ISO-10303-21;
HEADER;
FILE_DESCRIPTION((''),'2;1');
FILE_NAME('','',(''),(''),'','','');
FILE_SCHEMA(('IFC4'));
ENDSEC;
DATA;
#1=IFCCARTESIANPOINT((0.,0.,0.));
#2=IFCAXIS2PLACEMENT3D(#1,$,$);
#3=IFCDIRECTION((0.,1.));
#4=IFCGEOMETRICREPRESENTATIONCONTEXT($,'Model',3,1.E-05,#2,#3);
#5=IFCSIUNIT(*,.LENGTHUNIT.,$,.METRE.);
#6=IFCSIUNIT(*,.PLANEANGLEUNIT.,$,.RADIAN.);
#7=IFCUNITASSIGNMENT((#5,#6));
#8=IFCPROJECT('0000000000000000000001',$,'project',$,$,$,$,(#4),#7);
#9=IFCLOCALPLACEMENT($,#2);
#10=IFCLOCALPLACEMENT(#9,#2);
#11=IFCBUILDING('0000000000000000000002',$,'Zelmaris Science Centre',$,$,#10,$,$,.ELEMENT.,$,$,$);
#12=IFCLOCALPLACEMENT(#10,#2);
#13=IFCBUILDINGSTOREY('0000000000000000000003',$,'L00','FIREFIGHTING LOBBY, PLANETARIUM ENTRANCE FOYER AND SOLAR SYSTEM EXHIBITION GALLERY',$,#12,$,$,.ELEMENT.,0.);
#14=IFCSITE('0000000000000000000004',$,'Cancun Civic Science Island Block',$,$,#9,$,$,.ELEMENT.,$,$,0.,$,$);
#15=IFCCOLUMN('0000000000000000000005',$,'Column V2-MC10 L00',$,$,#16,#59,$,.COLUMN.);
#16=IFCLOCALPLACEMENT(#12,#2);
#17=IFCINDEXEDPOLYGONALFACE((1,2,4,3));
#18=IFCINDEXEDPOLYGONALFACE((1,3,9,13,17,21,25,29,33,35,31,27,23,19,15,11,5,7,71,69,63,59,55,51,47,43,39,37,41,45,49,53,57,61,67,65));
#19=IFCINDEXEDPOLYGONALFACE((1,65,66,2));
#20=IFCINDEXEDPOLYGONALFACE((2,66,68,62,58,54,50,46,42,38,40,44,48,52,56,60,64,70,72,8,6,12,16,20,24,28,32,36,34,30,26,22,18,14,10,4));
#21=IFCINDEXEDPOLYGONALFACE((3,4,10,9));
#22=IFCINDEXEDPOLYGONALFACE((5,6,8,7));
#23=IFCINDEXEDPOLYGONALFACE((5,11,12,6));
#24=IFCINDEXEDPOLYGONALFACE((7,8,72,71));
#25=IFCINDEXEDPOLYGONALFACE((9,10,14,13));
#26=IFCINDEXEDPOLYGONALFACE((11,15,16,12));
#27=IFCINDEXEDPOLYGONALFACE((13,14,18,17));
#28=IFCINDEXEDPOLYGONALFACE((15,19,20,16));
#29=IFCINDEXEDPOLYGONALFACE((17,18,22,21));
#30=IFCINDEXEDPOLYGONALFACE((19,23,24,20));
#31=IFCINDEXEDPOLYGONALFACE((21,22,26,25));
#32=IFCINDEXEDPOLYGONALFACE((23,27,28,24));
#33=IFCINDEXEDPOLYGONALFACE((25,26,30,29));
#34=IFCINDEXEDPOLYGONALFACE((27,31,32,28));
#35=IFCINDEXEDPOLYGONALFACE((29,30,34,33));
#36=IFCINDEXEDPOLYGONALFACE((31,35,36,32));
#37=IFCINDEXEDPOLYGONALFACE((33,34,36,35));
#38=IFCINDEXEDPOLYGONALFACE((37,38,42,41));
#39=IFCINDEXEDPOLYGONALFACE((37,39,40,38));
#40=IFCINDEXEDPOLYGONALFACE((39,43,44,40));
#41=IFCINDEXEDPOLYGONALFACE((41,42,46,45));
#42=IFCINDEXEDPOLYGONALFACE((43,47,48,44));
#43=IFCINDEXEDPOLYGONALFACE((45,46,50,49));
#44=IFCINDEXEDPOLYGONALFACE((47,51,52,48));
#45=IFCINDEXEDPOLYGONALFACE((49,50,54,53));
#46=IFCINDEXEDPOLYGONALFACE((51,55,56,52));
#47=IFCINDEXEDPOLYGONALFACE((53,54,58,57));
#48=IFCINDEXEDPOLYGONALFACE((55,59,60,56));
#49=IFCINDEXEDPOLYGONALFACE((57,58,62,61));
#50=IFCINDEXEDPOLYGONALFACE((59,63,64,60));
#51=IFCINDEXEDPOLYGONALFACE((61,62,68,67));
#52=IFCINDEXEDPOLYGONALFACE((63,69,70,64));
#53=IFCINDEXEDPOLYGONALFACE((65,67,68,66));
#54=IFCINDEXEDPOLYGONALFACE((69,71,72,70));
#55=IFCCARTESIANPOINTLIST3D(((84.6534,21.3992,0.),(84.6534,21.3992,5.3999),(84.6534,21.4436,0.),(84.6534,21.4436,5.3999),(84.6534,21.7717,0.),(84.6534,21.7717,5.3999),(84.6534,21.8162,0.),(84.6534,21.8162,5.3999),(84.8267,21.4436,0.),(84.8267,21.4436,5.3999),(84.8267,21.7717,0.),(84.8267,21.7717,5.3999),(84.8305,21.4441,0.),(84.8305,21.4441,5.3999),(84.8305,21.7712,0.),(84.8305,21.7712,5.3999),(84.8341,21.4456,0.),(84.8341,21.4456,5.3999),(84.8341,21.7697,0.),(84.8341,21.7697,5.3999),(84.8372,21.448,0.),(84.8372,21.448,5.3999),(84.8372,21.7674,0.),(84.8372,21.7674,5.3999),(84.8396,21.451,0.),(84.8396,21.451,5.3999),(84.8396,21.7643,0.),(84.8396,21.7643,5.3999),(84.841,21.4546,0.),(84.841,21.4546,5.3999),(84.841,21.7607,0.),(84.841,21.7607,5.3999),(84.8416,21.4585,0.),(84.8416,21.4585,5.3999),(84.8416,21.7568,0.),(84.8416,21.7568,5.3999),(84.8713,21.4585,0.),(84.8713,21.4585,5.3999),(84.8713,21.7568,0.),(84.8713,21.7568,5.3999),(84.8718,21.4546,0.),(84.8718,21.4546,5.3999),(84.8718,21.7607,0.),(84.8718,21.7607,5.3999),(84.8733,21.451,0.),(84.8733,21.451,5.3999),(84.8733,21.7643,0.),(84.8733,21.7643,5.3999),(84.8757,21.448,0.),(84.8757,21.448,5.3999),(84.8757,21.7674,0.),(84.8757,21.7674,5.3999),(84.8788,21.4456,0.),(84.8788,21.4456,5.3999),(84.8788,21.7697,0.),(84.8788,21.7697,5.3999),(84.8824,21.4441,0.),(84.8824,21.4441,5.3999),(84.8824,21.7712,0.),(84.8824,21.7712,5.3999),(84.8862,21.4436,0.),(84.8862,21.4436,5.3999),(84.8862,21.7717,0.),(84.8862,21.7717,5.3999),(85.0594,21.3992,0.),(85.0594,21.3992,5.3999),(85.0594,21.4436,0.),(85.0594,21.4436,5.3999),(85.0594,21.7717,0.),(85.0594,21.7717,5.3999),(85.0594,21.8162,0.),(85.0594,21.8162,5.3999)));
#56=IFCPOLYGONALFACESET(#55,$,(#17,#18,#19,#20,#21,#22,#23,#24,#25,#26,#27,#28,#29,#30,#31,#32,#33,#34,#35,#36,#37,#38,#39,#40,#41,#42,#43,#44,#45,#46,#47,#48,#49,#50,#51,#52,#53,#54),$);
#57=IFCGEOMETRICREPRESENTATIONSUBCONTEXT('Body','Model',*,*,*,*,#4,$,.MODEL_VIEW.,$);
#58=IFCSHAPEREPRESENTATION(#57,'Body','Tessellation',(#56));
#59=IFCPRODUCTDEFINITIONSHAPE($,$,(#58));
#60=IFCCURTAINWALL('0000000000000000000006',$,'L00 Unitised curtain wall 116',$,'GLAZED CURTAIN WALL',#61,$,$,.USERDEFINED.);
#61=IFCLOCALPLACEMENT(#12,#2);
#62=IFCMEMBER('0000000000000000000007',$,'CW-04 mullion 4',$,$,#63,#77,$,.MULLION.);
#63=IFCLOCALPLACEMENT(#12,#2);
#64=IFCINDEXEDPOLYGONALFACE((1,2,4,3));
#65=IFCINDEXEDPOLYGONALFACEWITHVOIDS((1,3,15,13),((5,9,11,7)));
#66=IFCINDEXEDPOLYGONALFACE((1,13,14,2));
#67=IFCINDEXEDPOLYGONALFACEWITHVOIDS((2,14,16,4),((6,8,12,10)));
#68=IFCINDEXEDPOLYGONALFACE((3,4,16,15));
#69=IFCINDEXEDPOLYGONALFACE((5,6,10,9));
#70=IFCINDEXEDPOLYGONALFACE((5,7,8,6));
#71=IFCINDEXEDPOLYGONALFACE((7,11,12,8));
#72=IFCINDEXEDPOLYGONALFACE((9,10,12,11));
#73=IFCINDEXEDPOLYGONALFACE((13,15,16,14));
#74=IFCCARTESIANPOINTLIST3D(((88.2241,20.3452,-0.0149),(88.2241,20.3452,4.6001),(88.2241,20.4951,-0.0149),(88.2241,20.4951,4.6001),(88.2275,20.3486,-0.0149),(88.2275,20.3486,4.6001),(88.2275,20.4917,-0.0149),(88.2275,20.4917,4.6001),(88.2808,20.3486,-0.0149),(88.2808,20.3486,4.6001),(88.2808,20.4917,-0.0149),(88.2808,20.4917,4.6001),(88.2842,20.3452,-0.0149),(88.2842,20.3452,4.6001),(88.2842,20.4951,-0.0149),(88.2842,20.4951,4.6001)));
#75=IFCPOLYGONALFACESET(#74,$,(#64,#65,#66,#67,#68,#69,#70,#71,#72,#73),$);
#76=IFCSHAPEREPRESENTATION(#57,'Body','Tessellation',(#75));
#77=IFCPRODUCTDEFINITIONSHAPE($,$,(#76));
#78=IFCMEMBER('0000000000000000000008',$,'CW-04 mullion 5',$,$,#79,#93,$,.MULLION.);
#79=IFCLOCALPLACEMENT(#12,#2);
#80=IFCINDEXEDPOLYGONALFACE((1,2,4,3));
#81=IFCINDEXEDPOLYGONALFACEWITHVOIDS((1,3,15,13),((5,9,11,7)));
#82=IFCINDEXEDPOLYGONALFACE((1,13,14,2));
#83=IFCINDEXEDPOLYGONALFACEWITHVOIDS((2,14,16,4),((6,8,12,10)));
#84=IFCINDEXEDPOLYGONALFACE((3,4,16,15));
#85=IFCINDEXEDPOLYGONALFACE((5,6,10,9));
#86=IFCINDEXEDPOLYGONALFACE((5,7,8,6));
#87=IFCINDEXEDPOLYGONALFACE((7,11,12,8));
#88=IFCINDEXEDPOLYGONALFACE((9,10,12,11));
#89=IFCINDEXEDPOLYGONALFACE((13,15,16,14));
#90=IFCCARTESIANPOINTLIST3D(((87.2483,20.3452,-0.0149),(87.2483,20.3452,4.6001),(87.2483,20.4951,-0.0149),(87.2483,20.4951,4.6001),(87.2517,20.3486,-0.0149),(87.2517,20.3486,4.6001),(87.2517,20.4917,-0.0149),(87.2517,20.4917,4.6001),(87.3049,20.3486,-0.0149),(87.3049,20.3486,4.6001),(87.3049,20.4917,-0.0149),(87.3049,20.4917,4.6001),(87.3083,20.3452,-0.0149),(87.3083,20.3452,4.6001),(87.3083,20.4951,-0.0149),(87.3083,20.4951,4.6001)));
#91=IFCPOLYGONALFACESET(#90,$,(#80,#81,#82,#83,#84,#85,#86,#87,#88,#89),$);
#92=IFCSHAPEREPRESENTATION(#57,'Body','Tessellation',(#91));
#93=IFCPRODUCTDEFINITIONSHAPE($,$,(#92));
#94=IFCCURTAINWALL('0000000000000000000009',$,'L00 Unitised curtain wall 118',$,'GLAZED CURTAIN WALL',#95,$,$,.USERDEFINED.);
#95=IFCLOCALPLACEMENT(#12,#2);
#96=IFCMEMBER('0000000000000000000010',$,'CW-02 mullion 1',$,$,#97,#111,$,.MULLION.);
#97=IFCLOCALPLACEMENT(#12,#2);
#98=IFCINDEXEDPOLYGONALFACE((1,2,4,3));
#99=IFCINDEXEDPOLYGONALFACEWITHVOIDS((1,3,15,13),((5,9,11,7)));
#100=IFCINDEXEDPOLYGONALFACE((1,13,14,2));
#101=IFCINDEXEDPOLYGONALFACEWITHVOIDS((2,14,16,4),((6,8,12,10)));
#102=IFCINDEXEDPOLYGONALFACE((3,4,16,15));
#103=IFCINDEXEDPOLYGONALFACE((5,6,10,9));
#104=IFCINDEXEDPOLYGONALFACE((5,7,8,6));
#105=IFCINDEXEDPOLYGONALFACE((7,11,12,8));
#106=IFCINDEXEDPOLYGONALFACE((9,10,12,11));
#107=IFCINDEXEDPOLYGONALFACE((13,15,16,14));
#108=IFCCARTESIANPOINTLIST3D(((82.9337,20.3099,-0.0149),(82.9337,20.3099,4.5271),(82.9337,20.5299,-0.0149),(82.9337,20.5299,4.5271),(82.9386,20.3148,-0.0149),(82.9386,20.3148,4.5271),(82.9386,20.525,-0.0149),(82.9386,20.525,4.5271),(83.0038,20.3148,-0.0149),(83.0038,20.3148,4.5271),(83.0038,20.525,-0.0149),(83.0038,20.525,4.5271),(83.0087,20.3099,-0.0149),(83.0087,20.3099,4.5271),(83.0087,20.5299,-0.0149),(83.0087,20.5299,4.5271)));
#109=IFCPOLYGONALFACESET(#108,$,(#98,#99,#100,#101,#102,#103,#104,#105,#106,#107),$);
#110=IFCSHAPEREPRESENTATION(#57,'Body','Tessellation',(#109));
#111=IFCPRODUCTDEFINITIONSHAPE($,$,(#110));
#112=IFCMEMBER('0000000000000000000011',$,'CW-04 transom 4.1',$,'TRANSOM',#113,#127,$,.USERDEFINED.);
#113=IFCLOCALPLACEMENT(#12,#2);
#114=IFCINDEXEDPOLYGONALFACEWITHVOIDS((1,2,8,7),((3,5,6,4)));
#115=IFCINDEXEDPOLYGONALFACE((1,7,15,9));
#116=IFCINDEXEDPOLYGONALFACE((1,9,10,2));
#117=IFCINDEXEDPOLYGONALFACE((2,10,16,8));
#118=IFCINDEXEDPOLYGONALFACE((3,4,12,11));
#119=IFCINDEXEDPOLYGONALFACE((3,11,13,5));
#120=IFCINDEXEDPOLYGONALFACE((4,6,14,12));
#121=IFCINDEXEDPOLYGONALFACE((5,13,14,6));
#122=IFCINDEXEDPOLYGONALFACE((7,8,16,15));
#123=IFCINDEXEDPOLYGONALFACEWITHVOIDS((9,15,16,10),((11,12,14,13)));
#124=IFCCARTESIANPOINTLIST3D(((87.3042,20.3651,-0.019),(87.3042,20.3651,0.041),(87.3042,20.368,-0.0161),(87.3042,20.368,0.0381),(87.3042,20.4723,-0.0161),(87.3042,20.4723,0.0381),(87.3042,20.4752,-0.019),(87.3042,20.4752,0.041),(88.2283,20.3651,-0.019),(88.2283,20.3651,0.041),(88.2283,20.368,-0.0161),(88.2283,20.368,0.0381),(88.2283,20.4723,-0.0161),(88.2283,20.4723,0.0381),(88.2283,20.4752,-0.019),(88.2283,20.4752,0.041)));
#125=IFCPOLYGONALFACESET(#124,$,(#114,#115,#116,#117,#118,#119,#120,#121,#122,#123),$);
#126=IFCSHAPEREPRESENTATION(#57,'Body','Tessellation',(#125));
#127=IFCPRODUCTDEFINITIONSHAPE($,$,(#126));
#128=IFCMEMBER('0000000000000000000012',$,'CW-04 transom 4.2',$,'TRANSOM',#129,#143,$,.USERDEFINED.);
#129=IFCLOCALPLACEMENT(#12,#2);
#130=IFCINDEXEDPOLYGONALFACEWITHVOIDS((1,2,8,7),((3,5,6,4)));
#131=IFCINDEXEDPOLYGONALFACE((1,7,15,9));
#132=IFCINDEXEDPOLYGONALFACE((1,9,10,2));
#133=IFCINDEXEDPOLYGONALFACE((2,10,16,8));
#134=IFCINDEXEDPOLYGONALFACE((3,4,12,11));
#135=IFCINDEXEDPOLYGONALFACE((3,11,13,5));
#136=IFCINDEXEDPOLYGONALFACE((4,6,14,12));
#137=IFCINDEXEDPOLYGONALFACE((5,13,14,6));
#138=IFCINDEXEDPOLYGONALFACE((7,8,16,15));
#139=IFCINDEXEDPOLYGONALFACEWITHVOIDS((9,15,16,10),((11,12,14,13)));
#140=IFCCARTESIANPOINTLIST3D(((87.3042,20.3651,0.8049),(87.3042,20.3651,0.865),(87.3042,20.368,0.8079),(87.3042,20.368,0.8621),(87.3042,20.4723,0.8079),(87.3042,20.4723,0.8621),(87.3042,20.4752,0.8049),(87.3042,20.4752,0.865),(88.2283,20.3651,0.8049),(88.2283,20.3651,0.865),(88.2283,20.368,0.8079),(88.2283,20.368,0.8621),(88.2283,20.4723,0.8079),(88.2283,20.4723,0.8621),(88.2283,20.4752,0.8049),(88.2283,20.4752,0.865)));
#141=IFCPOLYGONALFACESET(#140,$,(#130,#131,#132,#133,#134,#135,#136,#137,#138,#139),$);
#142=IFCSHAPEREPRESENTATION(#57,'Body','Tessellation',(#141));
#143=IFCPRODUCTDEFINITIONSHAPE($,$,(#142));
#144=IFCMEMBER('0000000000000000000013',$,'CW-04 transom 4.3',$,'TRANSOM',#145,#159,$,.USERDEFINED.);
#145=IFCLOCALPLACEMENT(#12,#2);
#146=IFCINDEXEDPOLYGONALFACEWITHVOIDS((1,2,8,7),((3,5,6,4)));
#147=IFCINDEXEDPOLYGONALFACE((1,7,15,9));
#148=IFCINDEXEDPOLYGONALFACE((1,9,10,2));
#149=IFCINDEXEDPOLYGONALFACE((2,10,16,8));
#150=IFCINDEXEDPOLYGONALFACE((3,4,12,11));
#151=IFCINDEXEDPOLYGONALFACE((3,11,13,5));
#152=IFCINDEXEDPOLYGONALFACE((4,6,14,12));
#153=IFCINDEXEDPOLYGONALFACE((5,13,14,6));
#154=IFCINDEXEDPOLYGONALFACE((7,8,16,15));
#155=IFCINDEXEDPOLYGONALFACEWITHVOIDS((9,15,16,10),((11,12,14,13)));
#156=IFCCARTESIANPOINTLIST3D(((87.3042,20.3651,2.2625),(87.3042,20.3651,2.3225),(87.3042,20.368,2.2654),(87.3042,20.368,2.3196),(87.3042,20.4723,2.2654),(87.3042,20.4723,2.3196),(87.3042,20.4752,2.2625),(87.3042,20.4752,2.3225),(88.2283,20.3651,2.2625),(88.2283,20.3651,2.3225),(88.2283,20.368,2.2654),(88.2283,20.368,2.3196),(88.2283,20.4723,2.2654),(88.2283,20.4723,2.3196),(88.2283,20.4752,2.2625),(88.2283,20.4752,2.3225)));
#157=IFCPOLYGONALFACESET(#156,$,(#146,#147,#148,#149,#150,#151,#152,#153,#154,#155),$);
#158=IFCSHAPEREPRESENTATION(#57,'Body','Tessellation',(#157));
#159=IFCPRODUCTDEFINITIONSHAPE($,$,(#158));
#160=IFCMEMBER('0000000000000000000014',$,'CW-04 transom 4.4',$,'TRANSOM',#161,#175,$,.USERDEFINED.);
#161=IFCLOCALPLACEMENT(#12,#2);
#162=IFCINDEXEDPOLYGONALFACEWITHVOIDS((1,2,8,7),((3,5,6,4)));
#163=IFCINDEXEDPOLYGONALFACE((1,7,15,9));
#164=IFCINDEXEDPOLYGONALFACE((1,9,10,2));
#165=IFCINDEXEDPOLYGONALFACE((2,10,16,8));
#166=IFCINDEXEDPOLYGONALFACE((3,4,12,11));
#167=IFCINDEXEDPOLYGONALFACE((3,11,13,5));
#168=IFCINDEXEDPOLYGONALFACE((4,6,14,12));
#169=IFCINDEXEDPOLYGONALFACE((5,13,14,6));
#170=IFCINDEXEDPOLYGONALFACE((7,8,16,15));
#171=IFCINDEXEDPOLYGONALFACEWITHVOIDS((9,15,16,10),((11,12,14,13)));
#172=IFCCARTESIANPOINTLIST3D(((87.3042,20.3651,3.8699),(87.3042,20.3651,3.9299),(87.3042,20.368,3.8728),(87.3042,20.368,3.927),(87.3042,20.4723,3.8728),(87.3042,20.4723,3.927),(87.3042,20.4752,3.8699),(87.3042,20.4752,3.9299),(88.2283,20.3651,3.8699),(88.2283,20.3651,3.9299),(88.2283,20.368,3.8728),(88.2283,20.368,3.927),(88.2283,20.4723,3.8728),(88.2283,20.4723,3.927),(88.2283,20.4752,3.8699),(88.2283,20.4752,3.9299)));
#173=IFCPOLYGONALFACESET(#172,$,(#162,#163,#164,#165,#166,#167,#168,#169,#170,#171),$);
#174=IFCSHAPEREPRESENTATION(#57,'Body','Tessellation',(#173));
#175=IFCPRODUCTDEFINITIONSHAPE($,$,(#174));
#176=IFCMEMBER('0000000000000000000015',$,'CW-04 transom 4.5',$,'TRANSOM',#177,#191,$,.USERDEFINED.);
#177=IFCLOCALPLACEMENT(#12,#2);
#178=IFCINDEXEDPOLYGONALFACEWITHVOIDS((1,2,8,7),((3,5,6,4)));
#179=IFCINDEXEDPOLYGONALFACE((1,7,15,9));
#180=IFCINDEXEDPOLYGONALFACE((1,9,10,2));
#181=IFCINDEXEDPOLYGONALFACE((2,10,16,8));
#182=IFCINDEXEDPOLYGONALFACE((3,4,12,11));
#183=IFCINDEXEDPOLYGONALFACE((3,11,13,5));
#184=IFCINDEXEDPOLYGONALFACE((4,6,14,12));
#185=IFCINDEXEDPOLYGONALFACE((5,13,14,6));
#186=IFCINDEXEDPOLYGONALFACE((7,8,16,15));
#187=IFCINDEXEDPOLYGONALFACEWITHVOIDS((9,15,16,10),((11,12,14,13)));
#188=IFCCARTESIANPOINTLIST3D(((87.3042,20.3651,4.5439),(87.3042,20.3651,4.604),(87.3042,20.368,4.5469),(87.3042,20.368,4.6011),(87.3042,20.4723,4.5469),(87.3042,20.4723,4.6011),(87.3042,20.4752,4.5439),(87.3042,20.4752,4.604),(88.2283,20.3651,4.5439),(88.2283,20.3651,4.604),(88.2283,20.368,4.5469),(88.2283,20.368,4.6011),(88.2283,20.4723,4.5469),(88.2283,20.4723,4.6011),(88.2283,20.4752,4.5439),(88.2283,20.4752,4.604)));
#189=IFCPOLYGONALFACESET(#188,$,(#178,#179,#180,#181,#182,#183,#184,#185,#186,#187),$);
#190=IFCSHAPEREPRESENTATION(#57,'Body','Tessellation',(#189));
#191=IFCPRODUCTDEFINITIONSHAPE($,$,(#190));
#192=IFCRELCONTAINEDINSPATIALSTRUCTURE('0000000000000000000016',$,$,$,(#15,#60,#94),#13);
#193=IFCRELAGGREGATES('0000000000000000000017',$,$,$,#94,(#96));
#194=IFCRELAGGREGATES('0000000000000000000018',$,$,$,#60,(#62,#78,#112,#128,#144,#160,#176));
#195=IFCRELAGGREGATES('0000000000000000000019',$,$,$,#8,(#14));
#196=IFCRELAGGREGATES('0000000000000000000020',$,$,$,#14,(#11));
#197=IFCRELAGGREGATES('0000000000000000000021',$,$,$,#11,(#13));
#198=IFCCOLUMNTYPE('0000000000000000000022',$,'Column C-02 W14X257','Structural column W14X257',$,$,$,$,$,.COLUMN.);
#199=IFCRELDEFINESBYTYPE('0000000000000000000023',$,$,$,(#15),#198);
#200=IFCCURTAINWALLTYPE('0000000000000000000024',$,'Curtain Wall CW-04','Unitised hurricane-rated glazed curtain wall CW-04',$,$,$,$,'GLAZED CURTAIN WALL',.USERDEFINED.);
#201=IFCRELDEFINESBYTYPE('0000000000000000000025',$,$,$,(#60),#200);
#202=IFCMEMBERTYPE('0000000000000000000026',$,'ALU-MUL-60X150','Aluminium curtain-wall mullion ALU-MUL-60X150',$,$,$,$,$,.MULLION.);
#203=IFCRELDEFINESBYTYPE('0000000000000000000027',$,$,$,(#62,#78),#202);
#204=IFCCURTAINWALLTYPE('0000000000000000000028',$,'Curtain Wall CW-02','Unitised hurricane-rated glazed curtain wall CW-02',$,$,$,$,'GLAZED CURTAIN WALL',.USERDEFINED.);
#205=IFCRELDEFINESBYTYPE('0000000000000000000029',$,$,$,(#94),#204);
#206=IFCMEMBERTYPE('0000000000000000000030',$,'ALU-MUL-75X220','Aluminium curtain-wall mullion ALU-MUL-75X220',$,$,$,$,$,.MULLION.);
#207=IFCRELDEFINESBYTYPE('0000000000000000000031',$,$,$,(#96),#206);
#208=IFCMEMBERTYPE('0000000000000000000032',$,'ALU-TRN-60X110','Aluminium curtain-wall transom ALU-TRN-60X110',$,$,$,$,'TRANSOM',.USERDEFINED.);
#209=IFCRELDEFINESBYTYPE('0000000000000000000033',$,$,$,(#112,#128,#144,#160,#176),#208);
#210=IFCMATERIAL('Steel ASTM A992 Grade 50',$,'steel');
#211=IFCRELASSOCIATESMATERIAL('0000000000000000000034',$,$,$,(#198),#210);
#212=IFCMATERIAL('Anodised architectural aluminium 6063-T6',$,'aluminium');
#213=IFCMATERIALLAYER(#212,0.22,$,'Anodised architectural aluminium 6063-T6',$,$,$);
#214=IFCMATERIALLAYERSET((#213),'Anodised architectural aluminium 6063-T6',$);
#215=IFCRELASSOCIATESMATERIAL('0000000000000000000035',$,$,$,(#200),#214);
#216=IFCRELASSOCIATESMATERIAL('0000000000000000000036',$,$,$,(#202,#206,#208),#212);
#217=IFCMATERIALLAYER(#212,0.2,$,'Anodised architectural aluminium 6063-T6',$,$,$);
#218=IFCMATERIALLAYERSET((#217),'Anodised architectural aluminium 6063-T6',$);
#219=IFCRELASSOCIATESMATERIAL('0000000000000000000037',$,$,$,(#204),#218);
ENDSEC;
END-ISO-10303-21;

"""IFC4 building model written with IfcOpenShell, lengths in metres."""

from ifc_helpers import new_model, si_unit, direction, frame, origin, origin_2d, place, context, subcontext, project, spatial, hollow_rectangle, i_section, extrude, material, layer, layer_set, material_profile, profile_set, type_object, element, aggregate, save


model = new_model("IFC4")

# Units and contexts
model_context = context("Model", 3, precision=1e-05, world=origin(), true_north=direction((0.0, 1.0)))
body_context = subcontext(model_context, "Body", "Model", "MODEL_VIEW")
ifc_project = project(units=[si_unit("LENGTHUNIT", "METRE"), si_unit("PLANEANGLEUNIT", "RADIAN")], contexts=[model_context])

# Site, building, storey
site_placement = place(None, origin())
site = spatial("IfcSite", under=ifc_project, at=site_placement, Name="Cancun Civic Science Island Block", CompositionType="ELEMENT", RefElevation=0.0)
building_placement = place(site_placement, origin())
building = spatial("IfcBuilding", under=site, at=building_placement, Name="Zelmaris Science Centre", CompositionType="ELEMENT")
storey_placement = place(building_placement, origin())
storey = spatial("IfcBuildingStorey", under=building, at=storey_placement, Name="L00", Description="FIREFIGHTING LOBBY, PLANETARIUM ENTRANCE FOYER AND SOLAR SYSTEM EXHIBITION GALLERY", CompositionType="ELEMENT", Elevation=0.0)

# Column
ifc_material_1 = material(Name="Steel ASTM A992 Grade 50", Category="steel")
ifc_material_profile_1 = material_profile(ifc_material_1, i_section(OverallWidth=0.406, OverallDepth=0.417, WebThickness=0.0298, FlangeThickness=0.0444, FilletRadius=0.0149, at=origin_2d()), Name="W14X257")
ifc_profile_set_1 = profile_set([ifc_material_profile_1], Name="Steel ASTM A992 Grade 50")
column_type = type_object("IfcColumnType", Name="Column C-02 W14X257", Description="Structural column W14X257", PredefinedType="COLUMN", material=ifc_profile_set_1)
column_placement = place(storey_placement, frame((84.8564, 21.6077, 0.0), z_axis=(0.0, 0.0, 1.0), x_axis=(1.0, 0.0, 0.0)))
element("IfcColumn", 1, at=column_placement, inside=storey, type_object=column_type, Name="Column V2-MC10 L00", PredefinedType="COLUMN", context=body_context, shape_type="SweptSolid", body=[
    extrude(i_section(OverallWidth=0.406, OverallDepth=0.417, WebThickness=0.0298, FlangeThickness=0.0444, FilletRadius=0.0149, at=origin_2d()), origin(), (0.0, 0.0, 1.0), 5.3999),
])

# Curtain wall, members
ifc_material_2 = material(Name="Anodised architectural aluminium 6063-T6", Category="aluminium")
ifc_layer_1 = layer(ifc_material_2, 0.22, Name="Anodised architectural aluminium 6063-T6")
ifc_layer_set_1 = layer_set([ifc_layer_1], Name="Anodised architectural aluminium 6063-T6")
curtain_wall_type_1 = type_object("IfcCurtainWallType", Name="Curtain Wall CW-04", Description="Unitised hurricane-rated glazed curtain wall CW-04", ElementType="GLAZED CURTAIN WALL", PredefinedType="USERDEFINED", material=ifc_layer_set_1)
curtain_wall_1_placement = place(storey_placement, origin())
curtain_wall_1 = element("IfcCurtainWall", 2, at=curtain_wall_1_placement, inside=storey, type_object=curtain_wall_type_1, Name="L00 Unitised curtain wall 116", ObjectType="GLAZED CURTAIN WALL", PredefinedType="USERDEFINED")
ifc_material_profile_2 = material_profile(ifc_material_2, hollow_rectangle(XDim=0.0601, YDim=0.1499, WallThickness=0.0034, at=origin_2d()), Name="ALU-MUL-60X150")
ifc_profile_set_2 = profile_set([ifc_material_profile_2], Name="Anodised architectural aluminium 6063-T6")
member_type_1 = type_object("IfcMemberType", Name="ALU-MUL-60X150", Description="Aluminium curtain-wall mullion ALU-MUL-60X150", PredefinedType="MULLION", material=ifc_profile_set_2)
member_1_placement = place(storey_placement, frame((88.2542, 20.4202, -0.0149), z_axis=(0.0, 0.0, 1.0), x_axis=(-1.0, -0.000003, 0.0)))
member_1 = element("IfcMember", 3, at=member_1_placement, type_object=member_type_1, Name="CW-04 mullion 4", PredefinedType="MULLION", context=body_context, shape_type="SweptSolid", body=[
    extrude(hollow_rectangle(XDim=0.0601, YDim=0.1499, WallThickness=0.0034, at=origin_2d()), origin(), (0.0, 0.0, 1.0), 4.615),
])
member_2_placement = place(storey_placement, frame((87.2783, 20.4202, -0.0149), z_axis=(0.0, 0.0, 1.0), x_axis=(-1.0, -0.000003, 0.0)))
member_2 = element("IfcMember", 4, at=member_2_placement, type_object=member_type_1, Name="CW-04 mullion 5", PredefinedType="MULLION", context=body_context, shape_type="SweptSolid", body=[
    extrude(hollow_rectangle(XDim=0.0601, YDim=0.1499, WallThickness=0.0034, at=origin_2d()), origin(), (0.0, 0.0, 1.0), 4.615),
])

# Curtain wall, member
ifc_layer_2 = layer(ifc_material_2, 0.2, Name="Anodised architectural aluminium 6063-T6")
ifc_layer_set_2 = layer_set([ifc_layer_2], Name="Anodised architectural aluminium 6063-T6")
curtain_wall_type_2 = type_object("IfcCurtainWallType", Name="Curtain Wall CW-02", Description="Unitised hurricane-rated glazed curtain wall CW-02", ElementType="GLAZED CURTAIN WALL", PredefinedType="USERDEFINED", material=ifc_layer_set_2)
curtain_wall_2_placement = place(storey_placement, origin())
curtain_wall_2 = element("IfcCurtainWall", 5, at=curtain_wall_2_placement, inside=storey, type_object=curtain_wall_type_2, Name="L00 Unitised curtain wall 118", ObjectType="GLAZED CURTAIN WALL", PredefinedType="USERDEFINED")
ifc_material_profile_3 = material_profile(ifc_material_2, hollow_rectangle(XDim=0.075, YDim=0.22, WallThickness=0.0049, at=origin_2d()), Name="ALU-MUL-75X220")
ifc_profile_set_3 = profile_set([ifc_material_profile_3], Name="Anodised architectural aluminium 6063-T6")
member_type_2 = type_object("IfcMemberType", Name="ALU-MUL-75X220", Description="Aluminium curtain-wall mullion ALU-MUL-75X220", PredefinedType="MULLION", material=ifc_profile_set_3)
member_3_placement = place(storey_placement, frame((82.9712, 20.4199, -0.0149), z_axis=(0.0, 0.0, 1.0), x_axis=(-1.0, -0.000003, 0.0)))
member_3 = element("IfcMember", 6, at=member_3_placement, type_object=member_type_2, Name="CW-02 mullion 1", PredefinedType="MULLION", context=body_context, shape_type="SweptSolid", body=[
    extrude(hollow_rectangle(XDim=0.075, YDim=0.22, WallThickness=0.0049, at=origin_2d()), origin(), (0.0, 0.0, 1.0), 4.542),
])

# Members
ifc_material_profile_4 = material_profile(ifc_material_2, hollow_rectangle(XDim=0.0601, YDim=0.1101, WallThickness=0.0029, at=origin_2d()), Name="ALU-TRN-60X110")
ifc_profile_set_4 = profile_set([ifc_material_profile_4], Name="Anodised architectural aluminium 6063-T6")
member_type_3 = type_object("IfcMemberType", Name="ALU-TRN-60X110", Description="Aluminium curtain-wall transom ALU-TRN-60X110", ElementType="TRANSOM", PredefinedType="USERDEFINED", material=ifc_profile_set_4)
member_4_placement = place(storey_placement, frame((88.2283, 20.4202, 0.011), z_axis=(-1.0, 0.0, 0.0), x_axis=(0.0, 0.0, 1.0)))
member_4 = element("IfcMember", 7, at=member_4_placement, type_object=member_type_3, Name="CW-04 transom 4.1", ObjectType="TRANSOM", PredefinedType="USERDEFINED", context=body_context, shape_type="SweptSolid", body=[
    extrude(hollow_rectangle(XDim=0.0601, YDim=0.1101, WallThickness=0.0029, at=origin_2d()), origin(), (0.0, 0.0, 1.0), 0.9241),
])
member_5_placement = place(storey_placement, frame((88.2283, 20.4202, 0.835), z_axis=(-1.0, 0.0, 0.0), x_axis=(0.0, 0.0, 1.0)))
member_5 = element("IfcMember", 8, at=member_5_placement, type_object=member_type_3, Name="CW-04 transom 4.2", ObjectType="TRANSOM", PredefinedType="USERDEFINED", context=body_context, shape_type="SweptSolid", body=[
    extrude(hollow_rectangle(XDim=0.0601, YDim=0.1101, WallThickness=0.0029, at=origin_2d()), origin(), (0.0, 0.0, 1.0), 0.9241),
])
member_6_placement = place(storey_placement, frame((88.2283, 20.4202, 2.2925), z_axis=(-1.0, 0.0, 0.0), x_axis=(0.0, 0.0, 1.0)))
member_6 = element("IfcMember", 9, at=member_6_placement, type_object=member_type_3, Name="CW-04 transom 4.3", ObjectType="TRANSOM", PredefinedType="USERDEFINED", context=body_context, shape_type="SweptSolid", body=[
    extrude(hollow_rectangle(XDim=0.0601, YDim=0.1101, WallThickness=0.0029, at=origin_2d()), origin(), (0.0, 0.0, 1.0), 0.9241),
])
member_7_placement = place(storey_placement, frame((88.2283, 20.4202, 3.8999), z_axis=(-1.0, 0.0, 0.0), x_axis=(0.0, 0.0, 1.0)))
member_7 = element("IfcMember", 10, at=member_7_placement, type_object=member_type_3, Name="CW-04 transom 4.4", ObjectType="TRANSOM", PredefinedType="USERDEFINED", context=body_context, shape_type="SweptSolid", body=[
    extrude(hollow_rectangle(XDim=0.0601, YDim=0.1101, WallThickness=0.0029, at=origin_2d()), origin(), (0.0, 0.0, 1.0), 0.9241),
])
member_8_placement = place(storey_placement, frame((88.2283, 20.4202, 4.574), z_axis=(-1.0, 0.0, 0.0), x_axis=(0.0, 0.0, 1.0)))
member_8 = element("IfcMember", 11, at=member_8_placement, type_object=member_type_3, Name="CW-04 transom 4.5", ObjectType="TRANSOM", PredefinedType="USERDEFINED", context=body_context, shape_type="SweptSolid", body=[
    extrude(hollow_rectangle(XDim=0.0601, YDim=0.1101, WallThickness=0.0029, at=origin_2d()), origin(), (0.0, 0.0, 1.0), 0.9241),
])

aggregate(curtain_wall_2, [member_3])
aggregate(curtain_wall_1, [member_1, member_2, member_4, member_5, member_6, member_7, member_8])

save(model, "model.ifc")
